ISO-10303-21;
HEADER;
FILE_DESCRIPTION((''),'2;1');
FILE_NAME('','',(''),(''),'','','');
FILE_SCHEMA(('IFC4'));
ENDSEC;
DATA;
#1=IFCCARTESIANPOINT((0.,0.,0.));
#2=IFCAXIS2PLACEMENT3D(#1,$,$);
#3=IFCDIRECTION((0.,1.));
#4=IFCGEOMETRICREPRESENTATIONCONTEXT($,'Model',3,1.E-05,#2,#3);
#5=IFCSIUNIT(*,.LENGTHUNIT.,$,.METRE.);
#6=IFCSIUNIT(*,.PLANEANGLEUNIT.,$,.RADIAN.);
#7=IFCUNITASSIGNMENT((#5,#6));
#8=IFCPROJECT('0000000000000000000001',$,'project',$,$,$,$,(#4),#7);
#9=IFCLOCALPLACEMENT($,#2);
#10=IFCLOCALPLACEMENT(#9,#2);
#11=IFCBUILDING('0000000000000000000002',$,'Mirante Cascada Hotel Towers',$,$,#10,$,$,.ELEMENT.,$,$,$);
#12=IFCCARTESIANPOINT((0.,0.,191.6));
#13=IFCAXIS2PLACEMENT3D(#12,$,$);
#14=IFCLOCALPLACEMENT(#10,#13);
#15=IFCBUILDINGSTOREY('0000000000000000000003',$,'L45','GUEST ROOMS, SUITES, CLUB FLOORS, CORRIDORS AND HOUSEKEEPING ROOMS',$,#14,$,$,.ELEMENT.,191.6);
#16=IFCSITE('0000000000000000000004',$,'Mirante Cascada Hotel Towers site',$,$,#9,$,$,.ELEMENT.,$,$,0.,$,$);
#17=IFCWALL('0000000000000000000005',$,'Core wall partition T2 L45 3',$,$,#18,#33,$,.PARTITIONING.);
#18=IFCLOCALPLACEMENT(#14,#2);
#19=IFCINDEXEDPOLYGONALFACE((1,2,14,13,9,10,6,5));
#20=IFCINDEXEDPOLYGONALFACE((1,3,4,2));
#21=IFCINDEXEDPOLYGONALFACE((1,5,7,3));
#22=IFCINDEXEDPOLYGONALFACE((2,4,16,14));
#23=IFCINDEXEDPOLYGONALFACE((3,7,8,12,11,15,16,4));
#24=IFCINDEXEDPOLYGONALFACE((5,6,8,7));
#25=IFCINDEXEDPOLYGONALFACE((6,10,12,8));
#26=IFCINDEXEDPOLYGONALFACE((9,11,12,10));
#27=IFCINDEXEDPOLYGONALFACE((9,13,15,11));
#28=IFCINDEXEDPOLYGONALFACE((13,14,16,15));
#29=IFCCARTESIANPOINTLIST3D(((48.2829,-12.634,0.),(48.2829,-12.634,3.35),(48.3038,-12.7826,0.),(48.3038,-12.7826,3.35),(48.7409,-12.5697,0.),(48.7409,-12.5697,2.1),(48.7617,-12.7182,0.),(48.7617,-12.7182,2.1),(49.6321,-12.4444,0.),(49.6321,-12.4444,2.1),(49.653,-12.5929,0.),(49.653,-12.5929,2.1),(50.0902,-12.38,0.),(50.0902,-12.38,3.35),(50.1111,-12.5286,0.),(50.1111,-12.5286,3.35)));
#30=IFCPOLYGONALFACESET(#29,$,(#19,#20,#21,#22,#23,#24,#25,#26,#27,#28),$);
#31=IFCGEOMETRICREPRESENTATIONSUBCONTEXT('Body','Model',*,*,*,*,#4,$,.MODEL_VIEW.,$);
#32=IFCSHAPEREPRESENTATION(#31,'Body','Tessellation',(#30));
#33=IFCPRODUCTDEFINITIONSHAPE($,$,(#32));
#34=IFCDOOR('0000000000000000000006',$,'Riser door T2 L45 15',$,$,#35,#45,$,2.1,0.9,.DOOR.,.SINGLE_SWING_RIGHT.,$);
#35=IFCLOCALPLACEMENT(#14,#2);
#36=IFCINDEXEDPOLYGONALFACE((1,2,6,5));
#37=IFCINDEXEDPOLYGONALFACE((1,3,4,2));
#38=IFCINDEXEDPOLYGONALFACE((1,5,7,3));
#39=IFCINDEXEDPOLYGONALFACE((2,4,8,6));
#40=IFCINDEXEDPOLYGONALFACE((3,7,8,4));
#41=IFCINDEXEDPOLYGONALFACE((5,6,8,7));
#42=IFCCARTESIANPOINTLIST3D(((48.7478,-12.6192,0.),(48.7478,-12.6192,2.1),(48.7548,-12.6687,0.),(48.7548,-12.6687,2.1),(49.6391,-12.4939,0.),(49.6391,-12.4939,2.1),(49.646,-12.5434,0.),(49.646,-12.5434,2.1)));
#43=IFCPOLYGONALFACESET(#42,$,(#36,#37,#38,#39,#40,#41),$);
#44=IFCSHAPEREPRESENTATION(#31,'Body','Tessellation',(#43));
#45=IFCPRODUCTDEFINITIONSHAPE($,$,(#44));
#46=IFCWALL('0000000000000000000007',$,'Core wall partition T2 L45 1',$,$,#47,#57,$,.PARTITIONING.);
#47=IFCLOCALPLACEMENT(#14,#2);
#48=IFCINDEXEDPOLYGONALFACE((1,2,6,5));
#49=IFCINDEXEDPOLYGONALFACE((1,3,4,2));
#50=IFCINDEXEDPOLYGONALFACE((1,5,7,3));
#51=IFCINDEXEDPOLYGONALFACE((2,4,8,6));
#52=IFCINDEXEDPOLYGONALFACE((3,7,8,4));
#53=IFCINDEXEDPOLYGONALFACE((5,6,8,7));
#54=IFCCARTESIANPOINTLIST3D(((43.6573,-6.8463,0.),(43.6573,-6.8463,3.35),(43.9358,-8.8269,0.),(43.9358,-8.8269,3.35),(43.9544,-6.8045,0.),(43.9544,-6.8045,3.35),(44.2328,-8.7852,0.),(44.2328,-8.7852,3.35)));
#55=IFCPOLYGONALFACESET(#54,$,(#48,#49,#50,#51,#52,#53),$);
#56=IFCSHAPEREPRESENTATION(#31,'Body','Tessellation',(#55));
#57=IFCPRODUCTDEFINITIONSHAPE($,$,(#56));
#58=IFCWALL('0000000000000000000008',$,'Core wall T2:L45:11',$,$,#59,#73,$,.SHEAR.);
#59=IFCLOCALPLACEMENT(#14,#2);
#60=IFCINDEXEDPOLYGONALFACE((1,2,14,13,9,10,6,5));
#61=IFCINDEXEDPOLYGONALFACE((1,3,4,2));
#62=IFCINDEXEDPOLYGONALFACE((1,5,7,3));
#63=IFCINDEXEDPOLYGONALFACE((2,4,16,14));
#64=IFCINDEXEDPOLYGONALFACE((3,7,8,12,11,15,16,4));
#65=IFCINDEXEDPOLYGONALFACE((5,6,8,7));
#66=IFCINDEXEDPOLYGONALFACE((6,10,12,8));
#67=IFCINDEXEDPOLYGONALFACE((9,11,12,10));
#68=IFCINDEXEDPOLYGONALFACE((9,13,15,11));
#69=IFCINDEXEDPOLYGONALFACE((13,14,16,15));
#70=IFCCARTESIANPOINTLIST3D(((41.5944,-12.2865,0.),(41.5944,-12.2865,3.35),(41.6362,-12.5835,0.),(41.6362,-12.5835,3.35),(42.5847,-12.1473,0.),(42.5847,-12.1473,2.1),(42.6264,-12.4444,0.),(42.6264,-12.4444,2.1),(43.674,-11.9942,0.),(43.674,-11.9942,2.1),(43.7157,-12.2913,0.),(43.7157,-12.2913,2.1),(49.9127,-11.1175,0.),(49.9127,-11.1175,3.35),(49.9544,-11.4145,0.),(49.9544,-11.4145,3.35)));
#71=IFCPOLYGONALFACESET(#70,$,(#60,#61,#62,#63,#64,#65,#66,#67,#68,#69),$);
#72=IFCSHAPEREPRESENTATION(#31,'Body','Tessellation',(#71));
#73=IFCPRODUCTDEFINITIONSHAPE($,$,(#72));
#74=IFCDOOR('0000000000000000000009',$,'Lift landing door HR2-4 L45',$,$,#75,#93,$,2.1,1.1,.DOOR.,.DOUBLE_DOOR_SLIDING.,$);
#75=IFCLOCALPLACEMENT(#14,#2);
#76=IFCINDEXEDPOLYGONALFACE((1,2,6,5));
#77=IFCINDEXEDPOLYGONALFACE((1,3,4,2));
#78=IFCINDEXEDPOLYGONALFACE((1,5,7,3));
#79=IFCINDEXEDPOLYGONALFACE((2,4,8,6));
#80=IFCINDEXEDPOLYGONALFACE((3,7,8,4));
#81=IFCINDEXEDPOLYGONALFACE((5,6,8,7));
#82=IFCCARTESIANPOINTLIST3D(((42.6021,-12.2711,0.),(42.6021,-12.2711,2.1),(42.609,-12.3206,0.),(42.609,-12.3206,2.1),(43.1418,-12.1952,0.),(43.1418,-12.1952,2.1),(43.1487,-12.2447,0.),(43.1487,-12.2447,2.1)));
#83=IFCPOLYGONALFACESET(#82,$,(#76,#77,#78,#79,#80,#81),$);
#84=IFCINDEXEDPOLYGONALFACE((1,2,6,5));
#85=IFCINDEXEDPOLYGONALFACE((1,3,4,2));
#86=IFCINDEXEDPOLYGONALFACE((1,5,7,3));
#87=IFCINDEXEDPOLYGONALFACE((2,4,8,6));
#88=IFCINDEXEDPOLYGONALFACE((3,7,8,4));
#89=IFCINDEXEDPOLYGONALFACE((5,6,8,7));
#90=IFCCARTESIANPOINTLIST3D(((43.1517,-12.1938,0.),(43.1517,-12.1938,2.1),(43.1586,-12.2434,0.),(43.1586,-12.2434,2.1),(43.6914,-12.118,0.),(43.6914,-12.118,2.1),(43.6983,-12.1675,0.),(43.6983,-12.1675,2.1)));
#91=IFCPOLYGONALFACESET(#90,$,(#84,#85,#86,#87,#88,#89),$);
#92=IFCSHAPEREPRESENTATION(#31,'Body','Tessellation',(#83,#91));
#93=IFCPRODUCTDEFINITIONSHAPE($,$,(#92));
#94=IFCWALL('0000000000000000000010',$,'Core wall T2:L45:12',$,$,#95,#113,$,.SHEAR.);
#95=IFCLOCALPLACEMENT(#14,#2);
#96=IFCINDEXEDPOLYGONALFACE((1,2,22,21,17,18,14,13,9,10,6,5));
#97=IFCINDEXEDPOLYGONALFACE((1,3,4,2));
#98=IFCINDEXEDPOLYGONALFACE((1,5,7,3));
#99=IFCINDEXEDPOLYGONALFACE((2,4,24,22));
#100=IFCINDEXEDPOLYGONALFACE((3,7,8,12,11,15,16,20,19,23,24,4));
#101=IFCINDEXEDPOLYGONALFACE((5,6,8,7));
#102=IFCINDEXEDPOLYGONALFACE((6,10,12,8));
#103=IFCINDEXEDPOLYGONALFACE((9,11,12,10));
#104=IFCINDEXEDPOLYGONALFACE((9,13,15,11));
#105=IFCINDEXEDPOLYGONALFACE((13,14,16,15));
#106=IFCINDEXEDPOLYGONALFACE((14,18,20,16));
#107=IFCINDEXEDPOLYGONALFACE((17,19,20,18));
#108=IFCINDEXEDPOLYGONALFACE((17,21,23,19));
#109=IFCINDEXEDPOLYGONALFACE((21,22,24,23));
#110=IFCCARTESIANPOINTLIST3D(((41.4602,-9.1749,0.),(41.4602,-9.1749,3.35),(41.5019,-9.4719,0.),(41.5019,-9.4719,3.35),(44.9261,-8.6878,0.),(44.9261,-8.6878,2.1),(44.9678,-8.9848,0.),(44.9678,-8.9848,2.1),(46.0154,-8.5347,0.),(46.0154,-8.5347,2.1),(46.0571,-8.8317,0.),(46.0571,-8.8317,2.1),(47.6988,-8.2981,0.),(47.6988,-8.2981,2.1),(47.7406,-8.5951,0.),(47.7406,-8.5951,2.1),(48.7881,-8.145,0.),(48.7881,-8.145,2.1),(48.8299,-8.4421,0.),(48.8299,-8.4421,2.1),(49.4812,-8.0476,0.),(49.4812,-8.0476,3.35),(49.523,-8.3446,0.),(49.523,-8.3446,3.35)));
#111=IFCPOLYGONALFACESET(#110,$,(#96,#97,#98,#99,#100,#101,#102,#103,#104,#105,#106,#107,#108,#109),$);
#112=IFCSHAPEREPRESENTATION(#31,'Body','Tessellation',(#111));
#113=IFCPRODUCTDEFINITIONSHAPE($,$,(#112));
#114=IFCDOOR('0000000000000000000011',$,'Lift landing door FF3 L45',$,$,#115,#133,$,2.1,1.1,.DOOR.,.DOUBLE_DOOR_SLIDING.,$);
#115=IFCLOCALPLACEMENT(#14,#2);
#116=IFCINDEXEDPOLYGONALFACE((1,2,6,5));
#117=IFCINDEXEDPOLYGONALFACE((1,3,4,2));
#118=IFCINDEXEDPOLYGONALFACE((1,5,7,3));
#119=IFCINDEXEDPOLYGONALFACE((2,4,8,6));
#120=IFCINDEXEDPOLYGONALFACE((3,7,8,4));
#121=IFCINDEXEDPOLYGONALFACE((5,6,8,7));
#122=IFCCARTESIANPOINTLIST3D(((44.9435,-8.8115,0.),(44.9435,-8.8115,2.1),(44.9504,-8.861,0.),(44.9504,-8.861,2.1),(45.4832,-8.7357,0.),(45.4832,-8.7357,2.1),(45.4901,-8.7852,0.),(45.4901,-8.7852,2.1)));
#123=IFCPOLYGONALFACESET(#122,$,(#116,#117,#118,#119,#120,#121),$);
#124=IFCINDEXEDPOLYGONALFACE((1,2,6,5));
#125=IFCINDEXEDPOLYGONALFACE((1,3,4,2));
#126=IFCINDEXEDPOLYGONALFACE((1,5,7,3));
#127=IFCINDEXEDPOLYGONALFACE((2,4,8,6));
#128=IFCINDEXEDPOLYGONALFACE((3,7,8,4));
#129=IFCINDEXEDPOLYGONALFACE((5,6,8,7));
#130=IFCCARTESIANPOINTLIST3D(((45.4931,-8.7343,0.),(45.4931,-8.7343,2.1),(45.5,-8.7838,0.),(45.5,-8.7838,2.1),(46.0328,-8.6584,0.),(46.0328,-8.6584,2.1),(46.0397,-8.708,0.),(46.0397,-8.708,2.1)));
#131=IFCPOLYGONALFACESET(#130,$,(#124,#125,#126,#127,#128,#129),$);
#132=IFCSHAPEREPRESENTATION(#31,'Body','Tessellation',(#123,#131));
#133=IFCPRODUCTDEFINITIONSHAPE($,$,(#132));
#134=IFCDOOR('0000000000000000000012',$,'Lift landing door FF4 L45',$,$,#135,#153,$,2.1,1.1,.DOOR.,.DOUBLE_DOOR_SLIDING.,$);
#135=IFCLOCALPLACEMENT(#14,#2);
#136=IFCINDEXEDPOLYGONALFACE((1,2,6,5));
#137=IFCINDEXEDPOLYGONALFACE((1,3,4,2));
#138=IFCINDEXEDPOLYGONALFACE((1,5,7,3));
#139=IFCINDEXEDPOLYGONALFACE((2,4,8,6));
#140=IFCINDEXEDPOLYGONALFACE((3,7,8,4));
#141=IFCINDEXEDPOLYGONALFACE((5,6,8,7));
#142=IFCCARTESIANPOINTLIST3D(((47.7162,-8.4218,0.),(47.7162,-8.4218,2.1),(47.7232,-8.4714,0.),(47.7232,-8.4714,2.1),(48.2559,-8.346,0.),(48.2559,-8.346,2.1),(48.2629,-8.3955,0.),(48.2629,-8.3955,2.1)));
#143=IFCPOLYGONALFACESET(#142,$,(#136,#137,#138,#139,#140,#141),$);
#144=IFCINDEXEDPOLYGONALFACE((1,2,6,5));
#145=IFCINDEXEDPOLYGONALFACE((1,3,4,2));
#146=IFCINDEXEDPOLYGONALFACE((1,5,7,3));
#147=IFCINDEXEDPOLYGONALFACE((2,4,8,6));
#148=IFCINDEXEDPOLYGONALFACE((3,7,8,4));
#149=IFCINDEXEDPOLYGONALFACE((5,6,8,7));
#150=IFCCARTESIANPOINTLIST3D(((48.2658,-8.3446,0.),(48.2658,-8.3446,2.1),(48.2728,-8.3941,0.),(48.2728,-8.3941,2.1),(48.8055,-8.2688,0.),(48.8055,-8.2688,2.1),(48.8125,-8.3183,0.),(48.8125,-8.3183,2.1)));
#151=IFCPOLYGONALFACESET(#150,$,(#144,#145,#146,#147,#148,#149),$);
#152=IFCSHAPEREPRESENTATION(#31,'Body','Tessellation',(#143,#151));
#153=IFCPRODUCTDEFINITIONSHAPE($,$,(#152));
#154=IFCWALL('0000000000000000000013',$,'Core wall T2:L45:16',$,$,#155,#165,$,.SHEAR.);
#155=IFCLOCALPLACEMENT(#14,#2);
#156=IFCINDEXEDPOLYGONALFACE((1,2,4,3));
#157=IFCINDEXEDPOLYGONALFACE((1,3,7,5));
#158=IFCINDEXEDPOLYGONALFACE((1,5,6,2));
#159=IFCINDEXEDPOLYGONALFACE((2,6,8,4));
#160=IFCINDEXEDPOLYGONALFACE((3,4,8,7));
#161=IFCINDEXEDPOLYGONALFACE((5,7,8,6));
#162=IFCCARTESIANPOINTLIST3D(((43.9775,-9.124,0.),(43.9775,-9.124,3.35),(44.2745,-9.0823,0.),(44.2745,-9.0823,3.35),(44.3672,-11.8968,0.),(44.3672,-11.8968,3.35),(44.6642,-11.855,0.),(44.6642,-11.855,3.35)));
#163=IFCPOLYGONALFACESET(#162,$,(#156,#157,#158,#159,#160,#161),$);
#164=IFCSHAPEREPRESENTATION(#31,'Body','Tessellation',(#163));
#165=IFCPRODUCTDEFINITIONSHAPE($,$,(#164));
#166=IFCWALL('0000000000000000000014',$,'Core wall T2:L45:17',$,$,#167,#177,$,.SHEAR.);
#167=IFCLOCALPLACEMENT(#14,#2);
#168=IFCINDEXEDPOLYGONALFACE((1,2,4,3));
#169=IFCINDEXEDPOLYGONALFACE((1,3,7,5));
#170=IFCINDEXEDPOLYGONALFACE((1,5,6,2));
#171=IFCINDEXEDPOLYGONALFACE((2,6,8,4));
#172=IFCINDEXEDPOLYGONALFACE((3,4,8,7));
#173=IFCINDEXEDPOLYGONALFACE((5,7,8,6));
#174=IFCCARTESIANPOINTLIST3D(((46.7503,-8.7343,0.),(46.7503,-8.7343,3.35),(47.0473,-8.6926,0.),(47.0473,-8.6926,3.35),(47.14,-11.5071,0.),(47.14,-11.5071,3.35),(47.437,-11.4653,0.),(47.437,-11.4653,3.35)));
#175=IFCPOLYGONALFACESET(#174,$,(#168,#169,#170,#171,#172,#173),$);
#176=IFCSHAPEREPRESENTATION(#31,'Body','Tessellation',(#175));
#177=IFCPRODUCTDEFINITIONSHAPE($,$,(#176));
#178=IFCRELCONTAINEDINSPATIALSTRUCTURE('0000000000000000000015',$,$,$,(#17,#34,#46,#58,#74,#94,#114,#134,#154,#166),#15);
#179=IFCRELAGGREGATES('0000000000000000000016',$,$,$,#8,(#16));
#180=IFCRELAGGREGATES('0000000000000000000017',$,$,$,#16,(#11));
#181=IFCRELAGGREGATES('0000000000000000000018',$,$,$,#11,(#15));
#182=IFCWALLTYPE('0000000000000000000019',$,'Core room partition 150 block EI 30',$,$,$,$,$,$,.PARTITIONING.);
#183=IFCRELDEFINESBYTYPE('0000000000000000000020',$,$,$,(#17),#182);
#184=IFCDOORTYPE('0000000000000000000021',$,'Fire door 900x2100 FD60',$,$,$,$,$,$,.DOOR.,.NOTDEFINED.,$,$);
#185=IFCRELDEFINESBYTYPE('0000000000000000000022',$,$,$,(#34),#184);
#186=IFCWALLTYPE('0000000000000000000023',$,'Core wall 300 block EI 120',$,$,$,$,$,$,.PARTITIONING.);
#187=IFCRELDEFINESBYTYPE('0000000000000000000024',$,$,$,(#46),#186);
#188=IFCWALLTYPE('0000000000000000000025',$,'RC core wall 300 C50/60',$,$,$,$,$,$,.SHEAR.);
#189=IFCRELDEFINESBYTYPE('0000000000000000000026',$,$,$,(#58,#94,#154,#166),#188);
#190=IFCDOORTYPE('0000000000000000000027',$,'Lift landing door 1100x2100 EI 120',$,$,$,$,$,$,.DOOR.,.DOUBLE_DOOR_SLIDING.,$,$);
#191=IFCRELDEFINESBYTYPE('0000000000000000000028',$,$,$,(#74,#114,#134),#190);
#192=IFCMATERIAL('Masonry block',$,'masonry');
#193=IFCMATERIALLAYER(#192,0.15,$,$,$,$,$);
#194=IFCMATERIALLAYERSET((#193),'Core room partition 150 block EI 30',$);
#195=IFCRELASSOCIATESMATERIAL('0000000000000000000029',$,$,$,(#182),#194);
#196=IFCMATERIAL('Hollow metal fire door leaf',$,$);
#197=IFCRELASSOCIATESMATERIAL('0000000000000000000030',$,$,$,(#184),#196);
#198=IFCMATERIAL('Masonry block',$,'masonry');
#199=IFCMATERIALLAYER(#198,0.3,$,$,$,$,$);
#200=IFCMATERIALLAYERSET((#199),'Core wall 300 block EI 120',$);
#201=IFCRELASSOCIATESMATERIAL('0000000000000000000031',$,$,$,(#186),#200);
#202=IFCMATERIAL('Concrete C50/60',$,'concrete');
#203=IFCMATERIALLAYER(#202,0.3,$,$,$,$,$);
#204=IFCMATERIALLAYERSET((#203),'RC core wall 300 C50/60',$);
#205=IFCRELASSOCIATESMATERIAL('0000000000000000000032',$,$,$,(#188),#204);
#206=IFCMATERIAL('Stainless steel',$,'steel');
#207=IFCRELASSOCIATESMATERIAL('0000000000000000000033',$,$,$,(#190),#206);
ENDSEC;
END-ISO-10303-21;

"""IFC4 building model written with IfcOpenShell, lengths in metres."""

from ifc_helpers import new_model, si_unit, direction, frame, frame_2d, origin, place, context, subcontext, project, spatial, rectangle, extrude, material, layer, layer_set, type_object, element, fill, save


model = new_model("IFC4")

# Units and contexts
model_context = context("Model", 3, precision=1e-05, world=origin(), true_north=direction((0.0, 1.0)))
body_context = subcontext(model_context, "Body", "Model", "MODEL_VIEW")
ifc_project = project(units=[si_unit("LENGTHUNIT", "METRE"), si_unit("PLANEANGLEUNIT", "RADIAN")], contexts=[model_context])

# Site, building, storey
site_placement = place(None, origin())
site = spatial("IfcSite", under=ifc_project, at=site_placement, Name="Mirante Cascada Hotel Towers site", CompositionType="ELEMENT", RefElevation=0.0)
building_placement = place(site_placement, origin())
building = spatial("IfcBuilding", under=site, at=building_placement, Name="Mirante Cascada Hotel Towers", CompositionType="ELEMENT")
storey_placement = place(building_placement, frame((0.0, 0.0, 191.6)))
storey = spatial("IfcBuildingStorey", under=building, at=storey_placement, Name="L45", Description="GUEST ROOMS, SUITES, CLUB FLOORS, CORRIDORS AND HOUSEKEEPING ROOMS", CompositionType="ELEMENT", Elevation=191.6)

# Wall, opening, door
ifc_material_1 = material(Name="Masonry block", Category="masonry")
ifc_layer_1 = layer(ifc_material_1, 0.15)
ifc_layer_set_1 = layer_set([ifc_layer_1], Name="Core room partition 150 block EI 30")
wall_type_1 = type_object("IfcWallType", Name="Core room partition 150 block EI 30", PredefinedType="PARTITIONING", material=ifc_layer_set_1)
wall_1_placement = place(storey_placement, frame((48.2933, -12.7083, 0.0), z_axis=(0.0, 0.0, 1.0), x_axis=(0.990268, 0.139173, 0.0)))
wall_1 = element("IfcWall", 1, at=wall_1_placement, inside=storey, type_object=wall_type_1, Name="Core wall partition T2 L45 3", PredefinedType="PARTITIONING", context=body_context, shape_type="SweptSolid", body=[
    extrude(rectangle(XDim=1.8251, YDim=0.15, at=frame_2d((0.9126, 0.0))), origin(), (0.0, 0.0, 1.0), 3.35),
])
opening_1_placement = place(wall_1_placement, frame((0.4625, 0.0, 0.0)))
opening_1 = element("IfcOpeningElement", 2, at=opening_1_placement, cuts=wall_1, PredefinedType="OPENING", context=body_context, shape_type="SweptSolid", body=[
    extrude(rectangle(XDim=0.9, YDim=2.1, at=frame_2d((0.45, 1.05))), frame((0.0, 0.075, 0.0), z_axis=(0.0, -1.0, 0.0), x_axis=(1.0, 0.0, 0.0)), (0.0, 0.0, 1.0), 0.15),
])
ifc_material_2 = material(Name="Hollow metal fire door leaf")
door_type_1 = type_object("IfcDoorType", Name="Fire door 900x2100 FD60", OperationType="NOTDEFINED", PredefinedType="DOOR", material=ifc_material_2)
door_1_placement = place(opening_1_placement, frame((0.9, 0.0, 0.0), z_axis=(0.0, 0.0, 1.0), x_axis=(-1.0, 0.0, 0.0)))
door_1 = element("IfcDoor", 3, at=door_1_placement, inside=storey, type_object=door_type_1, Name="Riser door T2 L45 15", OperationType="SINGLE_SWING_RIGHT", OverallHeight=2.1, OverallWidth=0.9, PredefinedType="DOOR", context=body_context, shape_type="SweptSolid", body=[
    extrude(rectangle(XDim=0.9, YDim=2.1, at=frame_2d((0.45, 1.05))), frame((0.0, 0.025, 0.0), z_axis=(0.0, -1.0, 0.0), x_axis=(1.0, 0.0, 0.0)), (0.0, 0.0, 1.0), 0.05),
])
fill(opening_1, door_1)

# Wall
ifc_material_3 = material(Name="Masonry block", Category="masonry")
ifc_layer_2 = layer(ifc_material_3, 0.3)
ifc_layer_set_2 = layer_set([ifc_layer_2], Name="Core wall 300 block EI 120")
wall_type_2 = type_object("IfcWallType", Name="Core wall 300 block EI 120", PredefinedType="PARTITIONING", material=ifc_layer_set_2)
wall_2_placement = place(storey_placement, frame((44.0843, -8.8061, 0.0), z_axis=(0.0, 0.0, 1.0), x_axis=(-0.139195, 0.990265, 0.0)))
element("IfcWall", 4, at=wall_2_placement, inside=storey, type_object=wall_type_2, Name="Core wall partition T2 L45 1", PredefinedType="PARTITIONING", context=body_context, shape_type="SweptSolid", body=[
    extrude(rectangle(XDim=2.0001, YDim=0.3, at=frame_2d((1.0001, 0.0))), origin(), (0.0, 0.0, 1.0), 3.35),
])

# Wall, opening, door
ifc_material_4 = material(Name="Concrete C50/60", Category="concrete")
ifc_layer_3 = layer(ifc_material_4, 0.3)
ifc_layer_set_3 = layer_set([ifc_layer_3], Name="RC core wall 300 C50/60")
wall_type_3 = type_object("IfcWallType", Name="RC core wall 300 C50/60", PredefinedType="SHEAR", material=ifc_layer_set_3)
wall_3_placement = place(storey_placement, frame((41.6153, -12.435, 0.0), z_axis=(0.0, 0.0, 1.0), x_axis=(0.990269, 0.139166, 0.0)))
wall_3 = element("IfcWall", 5, at=wall_3_placement, inside=storey, type_object=wall_type_3, Name="Core wall T2:L45:11", PredefinedType="SHEAR", context=body_context, shape_type="SweptSolid", body=[
    extrude(rectangle(XDim=8.4, YDim=0.3, at=frame_2d((4.2, 0.0))), origin(), (0.0, 0.0, 1.0), 3.35),
])
opening_2_placement = place(wall_3_placement, frame((1.0, 0.0, 0.0)))
opening_2 = element("IfcOpeningElement", 6, at=opening_2_placement, cuts=wall_3, PredefinedType="OPENING", context=body_context, shape_type="SweptSolid", body=[
    extrude(rectangle(XDim=1.1, YDim=2.1, at=frame_2d((0.55, 1.05))), frame((0.0, 0.15, 0.0), z_axis=(0.0, -1.0, 0.0), x_axis=(1.0, 0.0, 0.0)), (0.0, 0.0, 1.0), 0.3),
])
ifc_material_5 = material(Name="Stainless steel", Category="steel")
door_type_2 = type_object("IfcDoorType", Name="Lift landing door 1100x2100 EI 120", OperationType="DOUBLE_DOOR_SLIDING", PredefinedType="DOOR", material=ifc_material_5)
door_2_placement = place(opening_2_placement, origin())
door_2 = element("IfcDoor", 7, at=door_2_placement, inside=storey, type_object=door_type_2, Name="Lift landing door HR2-4 L45", OperationType="DOUBLE_DOOR_SLIDING", OverallHeight=2.1, OverallWidth=1.1, PredefinedType="DOOR", context=body_context, shape_type="SweptSolid", body=[
    extrude(rectangle(XDim=0.545, YDim=2.1, at=frame_2d((0.2725, 1.05))), frame((0.0, 0.025, 0.0), z_axis=(0.0, -1.0, 0.0), x_axis=(1.0, 0.0, 0.0)), (0.0, 0.0, 1.0), 0.05),
    extrude(rectangle(XDim=0.545, YDim=2.1, at=frame_2d((0.8275, 1.05))), frame((0.0, 0.025, 0.0), z_axis=(0.0, -1.0, 0.0), x_axis=(1.0, 0.0, 0.0)), (0.0, 0.0, 1.0), 0.05),
])
fill(opening_2, door_2)

# Wall, openings, doors
wall_4_placement = place(storey_placement, frame((41.481, -9.3234, 0.0), z_axis=(0.0, 0.0, 1.0), x_axis=(0.990268, 0.139174, 0.0)))
wall_4 = element("IfcWall", 8, at=wall_4_placement, inside=storey, type_object=wall_type_3, Name="Core wall T2:L45:12", PredefinedType="SHEAR", context=body_context, shape_type="SweptSolid", body=[
    extrude(rectangle(XDim=8.0999, YDim=0.3, at=frame_2d((4.05, 0.0))), origin(), (0.0, 0.0, 1.0), 3.35),
])
opening_3_placement = place(wall_4_placement, frame((3.5, 0.0, 0.0)))
opening_3 = element("IfcOpeningElement", 9, at=opening_3_placement, cuts=wall_4, PredefinedType="OPENING", context=body_context, shape_type="SweptSolid", body=[
    extrude(rectangle(XDim=1.1, YDim=2.1, at=frame_2d((0.55, 1.05))), frame((0.0, 0.15, 0.0), z_axis=(0.0, -1.0, 0.0), x_axis=(1.0, 0.0, 0.0)), (0.0, 0.0, 1.0), 0.3),
])
opening_4_placement = place(wall_4_placement, frame((6.3, 0.0, 0.0)))
opening_4 = element("IfcOpeningElement", 10, at=opening_4_placement, cuts=wall_4, PredefinedType="OPENING", context=body_context, shape_type="SweptSolid", body=[
    extrude(rectangle(XDim=1.1, YDim=2.1, at=frame_2d((0.55, 1.05))), frame((0.0, 0.15, 0.0), z_axis=(0.0, -1.0, 0.0), x_axis=(1.0, 0.0, 0.0)), (0.0, 0.0, 1.0), 0.3),
])
door_3_placement = place(opening_3_placement, origin())
door_3 = element("IfcDoor", 11, at=door_3_placement, inside=storey, type_object=door_type_2, Name="Lift landing door FF3 L45", OperationType="DOUBLE_DOOR_SLIDING", OverallHeight=2.1, OverallWidth=1.1, PredefinedType="DOOR", context=body_context, shape_type="SweptSolid", body=[
    extrude(rectangle(XDim=0.545, YDim=2.1, at=frame_2d((0.2725, 1.05))), frame((0.0, 0.025, 0.0), z_axis=(0.0, -1.0, 0.0), x_axis=(1.0, 0.0, 0.0)), (0.0, 0.0, 1.0), 0.05),
    extrude(rectangle(XDim=0.545, YDim=2.1, at=frame_2d((0.8275, 1.05))), frame((0.0, 0.025, 0.0), z_axis=(0.0, -1.0, 0.0), x_axis=(1.0, 0.0, 0.0)), (0.0, 0.0, 1.0), 0.05),
])
fill(opening_3, door_3)
door_4_placement = place(opening_4_placement, origin())
door_4 = element("IfcDoor", 12, at=door_4_placement, inside=storey, type_object=door_type_2, Name="Lift landing door FF4 L45", OperationType="DOUBLE_DOOR_SLIDING", OverallHeight=2.1, OverallWidth=1.1, PredefinedType="DOOR", context=body_context, shape_type="SweptSolid", body=[
    extrude(rectangle(XDim=0.545, YDim=2.1, at=frame_2d((0.2725, 1.05))), frame((0.0, 0.025, 0.0), z_axis=(0.0, -1.0, 0.0), x_axis=(1.0, 0.0, 0.0)), (0.0, 0.0, 1.0), 0.05),
    extrude(rectangle(XDim=0.545, YDim=2.1, at=frame_2d((0.8275, 1.05))), frame((0.0, 0.025, 0.0), z_axis=(0.0, -1.0, 0.0), x_axis=(1.0, 0.0, 0.0)), (0.0, 0.0, 1.0), 0.05),
])
fill(opening_4, door_4)

# Walls
for number, where, z_axis, x_axis, name in (
    (13, (44.5157, -11.8759, 0.0), (0.0, 0.0, 1.0), (-0.139181, 0.990267, 0.0), "Core wall T2:L45:16"),
    (14, (47.2885, -11.4862, 0.0), (0.0, 0.0, 1.0), (-0.139181, 0.990267, 0.0), "Core wall T2:L45:17"),
):
    element("IfcWall", number, at=place(storey_placement, frame(where, z_axis=z_axis, x_axis=x_axis)), inside=storey, type_object=wall_type_3, Name=name, PredefinedType="SHEAR", context=body_context, shape_type="SweptSolid", body=[
        extrude(rectangle(XDim=2.8, YDim=0.3, at=frame_2d((1.4, 0.0))), origin(), (0.0, 0.0, 1.0), 3.35),
    ])

save(model, "model.ifc")
